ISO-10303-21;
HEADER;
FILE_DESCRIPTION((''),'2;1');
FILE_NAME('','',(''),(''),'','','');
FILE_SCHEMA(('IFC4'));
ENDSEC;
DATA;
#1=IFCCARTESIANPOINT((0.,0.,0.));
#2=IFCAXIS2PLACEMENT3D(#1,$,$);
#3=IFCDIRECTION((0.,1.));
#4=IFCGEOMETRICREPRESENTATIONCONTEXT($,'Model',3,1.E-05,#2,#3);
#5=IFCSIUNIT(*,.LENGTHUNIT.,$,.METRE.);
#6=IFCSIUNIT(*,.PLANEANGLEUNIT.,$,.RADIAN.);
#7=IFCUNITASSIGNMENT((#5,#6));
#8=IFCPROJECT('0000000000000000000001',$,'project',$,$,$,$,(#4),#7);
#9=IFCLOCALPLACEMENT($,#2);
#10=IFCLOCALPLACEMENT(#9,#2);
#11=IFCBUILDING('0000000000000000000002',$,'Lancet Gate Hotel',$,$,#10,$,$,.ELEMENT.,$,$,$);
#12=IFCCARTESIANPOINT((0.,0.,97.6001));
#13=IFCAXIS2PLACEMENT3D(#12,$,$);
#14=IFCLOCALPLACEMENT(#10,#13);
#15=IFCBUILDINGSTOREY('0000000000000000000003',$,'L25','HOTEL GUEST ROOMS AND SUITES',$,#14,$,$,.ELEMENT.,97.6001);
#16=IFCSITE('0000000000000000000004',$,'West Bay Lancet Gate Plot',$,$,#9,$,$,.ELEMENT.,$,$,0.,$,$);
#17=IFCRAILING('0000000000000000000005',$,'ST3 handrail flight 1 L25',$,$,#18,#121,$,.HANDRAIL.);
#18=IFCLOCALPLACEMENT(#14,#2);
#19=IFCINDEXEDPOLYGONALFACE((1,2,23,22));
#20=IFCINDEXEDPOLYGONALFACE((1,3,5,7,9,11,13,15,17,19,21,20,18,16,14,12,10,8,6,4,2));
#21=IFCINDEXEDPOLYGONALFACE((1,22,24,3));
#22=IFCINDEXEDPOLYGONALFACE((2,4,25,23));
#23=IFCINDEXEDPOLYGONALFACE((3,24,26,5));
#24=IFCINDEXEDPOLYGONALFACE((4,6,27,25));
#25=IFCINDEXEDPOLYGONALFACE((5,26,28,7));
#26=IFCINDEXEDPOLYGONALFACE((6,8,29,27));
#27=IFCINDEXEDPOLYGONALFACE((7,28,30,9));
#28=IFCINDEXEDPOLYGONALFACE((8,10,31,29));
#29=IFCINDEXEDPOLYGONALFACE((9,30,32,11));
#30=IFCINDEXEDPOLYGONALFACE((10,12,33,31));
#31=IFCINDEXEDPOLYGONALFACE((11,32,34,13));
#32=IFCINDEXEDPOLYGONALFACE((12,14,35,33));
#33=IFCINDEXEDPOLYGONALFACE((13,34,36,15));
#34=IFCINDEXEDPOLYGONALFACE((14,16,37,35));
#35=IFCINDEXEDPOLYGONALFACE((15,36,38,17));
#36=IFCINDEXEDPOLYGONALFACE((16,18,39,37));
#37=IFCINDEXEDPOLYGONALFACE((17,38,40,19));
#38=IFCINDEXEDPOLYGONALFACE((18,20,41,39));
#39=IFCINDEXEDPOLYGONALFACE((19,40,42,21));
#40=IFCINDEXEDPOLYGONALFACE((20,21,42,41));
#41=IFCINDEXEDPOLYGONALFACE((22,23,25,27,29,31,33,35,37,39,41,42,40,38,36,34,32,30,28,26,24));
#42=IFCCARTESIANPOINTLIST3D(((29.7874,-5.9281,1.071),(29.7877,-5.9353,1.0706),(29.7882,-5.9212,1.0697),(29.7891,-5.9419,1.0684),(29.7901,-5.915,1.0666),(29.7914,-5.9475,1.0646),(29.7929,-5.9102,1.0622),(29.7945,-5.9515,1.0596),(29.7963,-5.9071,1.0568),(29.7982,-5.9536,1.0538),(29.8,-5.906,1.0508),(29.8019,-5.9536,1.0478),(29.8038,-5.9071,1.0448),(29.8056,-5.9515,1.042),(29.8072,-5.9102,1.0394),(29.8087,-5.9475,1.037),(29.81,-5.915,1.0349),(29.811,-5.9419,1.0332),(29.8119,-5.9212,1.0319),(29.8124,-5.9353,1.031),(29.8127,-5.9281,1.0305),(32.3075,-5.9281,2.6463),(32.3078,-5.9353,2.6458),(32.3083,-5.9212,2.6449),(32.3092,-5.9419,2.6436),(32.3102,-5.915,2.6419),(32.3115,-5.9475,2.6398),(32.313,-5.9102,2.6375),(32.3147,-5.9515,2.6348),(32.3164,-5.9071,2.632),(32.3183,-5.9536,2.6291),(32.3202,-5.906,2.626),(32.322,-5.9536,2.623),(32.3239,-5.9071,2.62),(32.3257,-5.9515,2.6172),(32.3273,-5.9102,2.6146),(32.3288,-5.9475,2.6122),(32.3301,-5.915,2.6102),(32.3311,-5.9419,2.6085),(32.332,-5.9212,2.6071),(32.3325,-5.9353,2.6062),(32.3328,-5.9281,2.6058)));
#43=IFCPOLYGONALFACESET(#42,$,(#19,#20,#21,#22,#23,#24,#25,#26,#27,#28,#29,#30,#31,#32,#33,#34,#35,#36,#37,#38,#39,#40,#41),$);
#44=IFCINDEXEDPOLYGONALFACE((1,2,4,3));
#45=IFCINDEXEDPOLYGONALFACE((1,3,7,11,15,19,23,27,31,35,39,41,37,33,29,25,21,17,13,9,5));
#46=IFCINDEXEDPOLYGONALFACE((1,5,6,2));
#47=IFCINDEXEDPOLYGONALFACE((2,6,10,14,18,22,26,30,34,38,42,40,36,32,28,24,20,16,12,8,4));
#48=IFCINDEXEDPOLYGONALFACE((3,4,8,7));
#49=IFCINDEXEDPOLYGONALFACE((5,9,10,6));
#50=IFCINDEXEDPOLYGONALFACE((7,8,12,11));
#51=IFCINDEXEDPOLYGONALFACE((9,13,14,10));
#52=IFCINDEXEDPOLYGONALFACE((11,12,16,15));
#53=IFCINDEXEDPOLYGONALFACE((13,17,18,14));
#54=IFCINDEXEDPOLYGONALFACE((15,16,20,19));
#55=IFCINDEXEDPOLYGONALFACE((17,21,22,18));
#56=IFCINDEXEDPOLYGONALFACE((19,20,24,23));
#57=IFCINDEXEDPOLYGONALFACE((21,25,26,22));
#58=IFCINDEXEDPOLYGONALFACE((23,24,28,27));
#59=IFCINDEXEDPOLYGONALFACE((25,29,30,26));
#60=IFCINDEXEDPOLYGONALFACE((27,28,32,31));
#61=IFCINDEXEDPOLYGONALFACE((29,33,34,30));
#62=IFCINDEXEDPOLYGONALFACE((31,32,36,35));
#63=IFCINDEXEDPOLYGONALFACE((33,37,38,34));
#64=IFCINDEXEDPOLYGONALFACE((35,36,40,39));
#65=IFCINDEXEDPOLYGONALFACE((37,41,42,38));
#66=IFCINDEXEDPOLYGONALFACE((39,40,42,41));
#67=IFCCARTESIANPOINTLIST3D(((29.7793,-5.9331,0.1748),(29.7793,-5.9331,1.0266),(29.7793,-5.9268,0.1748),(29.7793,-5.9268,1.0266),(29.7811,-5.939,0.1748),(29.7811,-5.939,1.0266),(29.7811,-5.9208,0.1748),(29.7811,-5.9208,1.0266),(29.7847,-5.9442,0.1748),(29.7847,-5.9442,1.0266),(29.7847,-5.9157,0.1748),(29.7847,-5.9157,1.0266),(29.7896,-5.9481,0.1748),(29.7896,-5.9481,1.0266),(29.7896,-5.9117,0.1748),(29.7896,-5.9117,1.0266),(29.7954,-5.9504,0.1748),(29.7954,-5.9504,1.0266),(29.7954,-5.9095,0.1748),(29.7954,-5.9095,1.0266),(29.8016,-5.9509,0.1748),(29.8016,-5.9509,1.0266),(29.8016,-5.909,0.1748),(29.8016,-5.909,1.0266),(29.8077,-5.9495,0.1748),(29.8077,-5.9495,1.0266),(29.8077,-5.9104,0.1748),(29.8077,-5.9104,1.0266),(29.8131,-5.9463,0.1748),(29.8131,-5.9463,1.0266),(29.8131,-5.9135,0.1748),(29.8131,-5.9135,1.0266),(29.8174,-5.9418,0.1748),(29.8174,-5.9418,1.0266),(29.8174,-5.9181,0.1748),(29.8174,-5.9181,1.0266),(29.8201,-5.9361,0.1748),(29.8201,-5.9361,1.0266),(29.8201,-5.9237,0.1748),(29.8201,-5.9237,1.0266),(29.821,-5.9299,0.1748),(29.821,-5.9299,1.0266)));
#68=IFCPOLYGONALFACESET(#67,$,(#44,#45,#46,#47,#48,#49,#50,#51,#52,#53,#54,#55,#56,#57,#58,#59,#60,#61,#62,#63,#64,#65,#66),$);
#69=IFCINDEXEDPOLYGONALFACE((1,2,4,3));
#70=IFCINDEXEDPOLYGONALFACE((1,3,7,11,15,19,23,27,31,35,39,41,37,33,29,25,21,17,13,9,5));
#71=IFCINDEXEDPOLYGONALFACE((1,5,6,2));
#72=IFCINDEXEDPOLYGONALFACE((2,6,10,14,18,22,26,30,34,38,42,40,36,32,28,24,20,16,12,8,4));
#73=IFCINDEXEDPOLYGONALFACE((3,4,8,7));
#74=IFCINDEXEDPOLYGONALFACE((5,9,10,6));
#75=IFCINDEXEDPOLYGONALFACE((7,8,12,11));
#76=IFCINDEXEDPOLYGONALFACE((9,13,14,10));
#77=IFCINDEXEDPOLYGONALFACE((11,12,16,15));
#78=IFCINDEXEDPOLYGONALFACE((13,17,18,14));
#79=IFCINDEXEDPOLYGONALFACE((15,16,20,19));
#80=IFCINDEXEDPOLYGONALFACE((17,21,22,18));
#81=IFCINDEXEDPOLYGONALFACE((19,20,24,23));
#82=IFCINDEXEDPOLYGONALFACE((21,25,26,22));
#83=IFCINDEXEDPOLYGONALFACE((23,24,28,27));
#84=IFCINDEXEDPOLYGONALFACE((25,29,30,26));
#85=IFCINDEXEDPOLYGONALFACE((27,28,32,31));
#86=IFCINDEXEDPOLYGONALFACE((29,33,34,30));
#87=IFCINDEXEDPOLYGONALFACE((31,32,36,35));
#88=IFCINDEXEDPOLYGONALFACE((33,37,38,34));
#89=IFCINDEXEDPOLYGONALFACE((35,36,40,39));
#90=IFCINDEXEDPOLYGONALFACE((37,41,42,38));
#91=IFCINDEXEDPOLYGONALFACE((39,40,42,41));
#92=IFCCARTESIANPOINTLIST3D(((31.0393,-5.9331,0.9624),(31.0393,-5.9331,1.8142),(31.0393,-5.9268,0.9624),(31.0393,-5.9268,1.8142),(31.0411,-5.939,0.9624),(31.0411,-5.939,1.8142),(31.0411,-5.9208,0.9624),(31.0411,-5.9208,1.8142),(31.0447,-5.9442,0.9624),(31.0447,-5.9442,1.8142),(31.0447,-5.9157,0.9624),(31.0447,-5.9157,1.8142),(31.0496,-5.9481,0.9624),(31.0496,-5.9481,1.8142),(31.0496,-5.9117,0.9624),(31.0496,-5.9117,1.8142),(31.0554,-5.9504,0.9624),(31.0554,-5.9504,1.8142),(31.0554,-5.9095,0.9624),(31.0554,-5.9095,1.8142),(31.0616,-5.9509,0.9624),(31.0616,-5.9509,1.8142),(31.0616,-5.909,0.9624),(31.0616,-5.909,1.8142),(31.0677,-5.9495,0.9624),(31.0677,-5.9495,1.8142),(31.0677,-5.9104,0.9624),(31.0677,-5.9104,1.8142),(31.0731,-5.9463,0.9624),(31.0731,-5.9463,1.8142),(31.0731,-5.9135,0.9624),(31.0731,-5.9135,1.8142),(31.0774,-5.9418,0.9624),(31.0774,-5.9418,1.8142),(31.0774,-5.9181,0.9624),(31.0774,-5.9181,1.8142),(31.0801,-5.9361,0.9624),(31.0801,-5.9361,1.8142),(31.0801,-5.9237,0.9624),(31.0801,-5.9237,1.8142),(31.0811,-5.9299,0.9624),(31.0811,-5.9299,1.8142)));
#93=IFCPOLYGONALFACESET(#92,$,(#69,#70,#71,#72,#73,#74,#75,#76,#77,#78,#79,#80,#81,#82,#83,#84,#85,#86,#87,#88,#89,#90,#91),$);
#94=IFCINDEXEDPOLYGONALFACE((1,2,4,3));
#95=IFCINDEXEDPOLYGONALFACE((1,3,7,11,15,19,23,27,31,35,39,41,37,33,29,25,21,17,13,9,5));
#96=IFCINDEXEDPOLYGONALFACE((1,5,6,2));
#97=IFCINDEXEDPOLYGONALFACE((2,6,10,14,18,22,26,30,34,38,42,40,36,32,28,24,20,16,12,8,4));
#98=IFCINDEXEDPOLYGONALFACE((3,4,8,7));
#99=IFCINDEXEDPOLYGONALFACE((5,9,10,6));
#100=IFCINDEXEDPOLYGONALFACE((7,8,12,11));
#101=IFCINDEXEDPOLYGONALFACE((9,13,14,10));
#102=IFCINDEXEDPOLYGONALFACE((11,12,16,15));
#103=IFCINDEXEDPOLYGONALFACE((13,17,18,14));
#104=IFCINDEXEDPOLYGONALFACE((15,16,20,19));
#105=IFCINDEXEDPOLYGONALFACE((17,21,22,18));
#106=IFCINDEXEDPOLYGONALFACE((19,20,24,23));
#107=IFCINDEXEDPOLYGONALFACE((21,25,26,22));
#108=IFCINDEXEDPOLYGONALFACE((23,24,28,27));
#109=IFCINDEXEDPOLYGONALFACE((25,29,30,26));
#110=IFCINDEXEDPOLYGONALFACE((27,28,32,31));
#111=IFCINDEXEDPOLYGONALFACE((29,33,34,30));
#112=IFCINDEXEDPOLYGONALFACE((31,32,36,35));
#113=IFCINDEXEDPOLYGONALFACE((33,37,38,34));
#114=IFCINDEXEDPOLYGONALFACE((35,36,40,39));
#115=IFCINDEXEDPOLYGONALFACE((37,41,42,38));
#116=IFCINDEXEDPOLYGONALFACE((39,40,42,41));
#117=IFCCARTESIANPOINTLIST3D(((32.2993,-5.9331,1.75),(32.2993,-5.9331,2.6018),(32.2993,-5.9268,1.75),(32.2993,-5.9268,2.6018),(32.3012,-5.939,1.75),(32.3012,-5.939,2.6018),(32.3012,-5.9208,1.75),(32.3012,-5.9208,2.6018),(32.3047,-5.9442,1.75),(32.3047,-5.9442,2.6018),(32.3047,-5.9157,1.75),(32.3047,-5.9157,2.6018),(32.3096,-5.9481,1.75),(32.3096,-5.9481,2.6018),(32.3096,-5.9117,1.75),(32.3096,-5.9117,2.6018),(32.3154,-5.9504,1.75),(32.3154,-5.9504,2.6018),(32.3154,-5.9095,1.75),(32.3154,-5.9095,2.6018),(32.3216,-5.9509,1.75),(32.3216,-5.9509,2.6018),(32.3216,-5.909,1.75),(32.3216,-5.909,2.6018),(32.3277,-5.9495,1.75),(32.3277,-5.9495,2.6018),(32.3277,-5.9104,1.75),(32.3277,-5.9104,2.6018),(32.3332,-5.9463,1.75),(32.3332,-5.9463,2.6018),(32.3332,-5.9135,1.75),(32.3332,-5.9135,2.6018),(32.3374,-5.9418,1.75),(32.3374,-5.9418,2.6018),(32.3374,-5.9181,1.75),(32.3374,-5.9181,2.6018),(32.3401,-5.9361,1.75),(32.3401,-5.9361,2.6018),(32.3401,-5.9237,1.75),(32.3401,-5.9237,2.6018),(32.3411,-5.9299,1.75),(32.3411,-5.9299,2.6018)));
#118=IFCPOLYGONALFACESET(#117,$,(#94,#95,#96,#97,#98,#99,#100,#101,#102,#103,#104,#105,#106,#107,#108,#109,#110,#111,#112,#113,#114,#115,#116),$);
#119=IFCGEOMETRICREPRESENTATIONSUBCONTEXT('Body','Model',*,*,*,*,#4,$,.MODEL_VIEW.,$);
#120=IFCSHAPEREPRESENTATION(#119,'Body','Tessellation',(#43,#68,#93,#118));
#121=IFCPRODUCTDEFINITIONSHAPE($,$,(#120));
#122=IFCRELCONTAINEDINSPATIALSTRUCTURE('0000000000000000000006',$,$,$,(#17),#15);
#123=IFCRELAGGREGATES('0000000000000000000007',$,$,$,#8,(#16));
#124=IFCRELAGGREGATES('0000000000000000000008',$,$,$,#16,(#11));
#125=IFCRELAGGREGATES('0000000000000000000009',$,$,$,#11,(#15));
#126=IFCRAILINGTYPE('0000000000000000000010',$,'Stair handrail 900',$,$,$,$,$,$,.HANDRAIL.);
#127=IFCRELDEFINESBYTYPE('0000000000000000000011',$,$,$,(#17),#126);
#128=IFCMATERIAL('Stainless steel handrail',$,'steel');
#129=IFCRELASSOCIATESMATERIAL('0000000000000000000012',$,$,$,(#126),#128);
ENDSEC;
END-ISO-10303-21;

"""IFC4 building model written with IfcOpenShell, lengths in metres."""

from ifc_helpers import new_model, si_unit, direction, frame, origin, origin_2d, place, context, subcontext, project, spatial, circle, extrude, material, type_object, element, save


model = new_model("IFC4")

# Units and contexts
model_context = context("Model", 3, precision=1e-05, world=origin(), true_north=direction((0.0, 1.0)))
body_context = subcontext(model_context, "Body", "Model", "MODEL_VIEW")
ifc_project = project(units=[si_unit("LENGTHUNIT", "METRE"), si_unit("PLANEANGLEUNIT", "RADIAN")], contexts=[model_context])

# Site, building, storey
site_placement = place(None, origin())
site = spatial("IfcSite", under=ifc_project, at=site_placement, Name="West Bay Lancet Gate Plot", CompositionType="ELEMENT", RefElevation=0.0)
building_placement = place(site_placement, origin())
building = spatial("IfcBuilding", under=site, at=building_placement, Name="Lancet Gate Hotel", CompositionType="ELEMENT")
storey_placement = place(building_placement, frame((0.0, 0.0, 97.6001)))
storey = spatial("IfcBuildingStorey", under=building, at=storey_placement, Name="L25", Description="HOTEL GUEST ROOMS AND SUITES", CompositionType="ELEMENT", Elevation=97.6001)

# Railing
ifc_material_1 = material(Name="Stainless steel handrail", Category="steel")
railing_type = type_object("IfcRailingType", Name="Stair handrail 900", PredefinedType="HANDRAIL", material=ifc_material_1)
railing_1_placement = place(storey_placement, frame((29.8, -5.9299, 0.1748)))
element("IfcRailing", 1, at=railing_1_placement, inside=storey, type_object=railing_type, Name="ST3 handrail flight 1 L25", PredefinedType="HANDRAIL", context=body_context, shape_type="SweptSolid", body=[
    extrude(circle(Radius=0.0239, at=origin_2d()), frame((0.0, 0.0, 0.876), z_axis=(0.847971, 0.0, 0.530043), x_axis=(0.0, 1.0, 0.0)), (0.0, 0.0, 1.0), 2.9719),
    extrude(circle(Radius=0.021, at=origin_2d()), origin(), (0.0, 0.0, 1.0), 0.8518),
    extrude(circle(Radius=0.021, at=origin_2d()), frame((1.26, 0.0, 0.7876)), (0.0, 0.0, 1.0), 0.8518),
    extrude(circle(Radius=0.021, at=origin_2d()), frame((2.52, 0.0, 1.5752)), (0.0, 0.0, 1.0), 0.8518),
])

save(model, "model.ifc")
